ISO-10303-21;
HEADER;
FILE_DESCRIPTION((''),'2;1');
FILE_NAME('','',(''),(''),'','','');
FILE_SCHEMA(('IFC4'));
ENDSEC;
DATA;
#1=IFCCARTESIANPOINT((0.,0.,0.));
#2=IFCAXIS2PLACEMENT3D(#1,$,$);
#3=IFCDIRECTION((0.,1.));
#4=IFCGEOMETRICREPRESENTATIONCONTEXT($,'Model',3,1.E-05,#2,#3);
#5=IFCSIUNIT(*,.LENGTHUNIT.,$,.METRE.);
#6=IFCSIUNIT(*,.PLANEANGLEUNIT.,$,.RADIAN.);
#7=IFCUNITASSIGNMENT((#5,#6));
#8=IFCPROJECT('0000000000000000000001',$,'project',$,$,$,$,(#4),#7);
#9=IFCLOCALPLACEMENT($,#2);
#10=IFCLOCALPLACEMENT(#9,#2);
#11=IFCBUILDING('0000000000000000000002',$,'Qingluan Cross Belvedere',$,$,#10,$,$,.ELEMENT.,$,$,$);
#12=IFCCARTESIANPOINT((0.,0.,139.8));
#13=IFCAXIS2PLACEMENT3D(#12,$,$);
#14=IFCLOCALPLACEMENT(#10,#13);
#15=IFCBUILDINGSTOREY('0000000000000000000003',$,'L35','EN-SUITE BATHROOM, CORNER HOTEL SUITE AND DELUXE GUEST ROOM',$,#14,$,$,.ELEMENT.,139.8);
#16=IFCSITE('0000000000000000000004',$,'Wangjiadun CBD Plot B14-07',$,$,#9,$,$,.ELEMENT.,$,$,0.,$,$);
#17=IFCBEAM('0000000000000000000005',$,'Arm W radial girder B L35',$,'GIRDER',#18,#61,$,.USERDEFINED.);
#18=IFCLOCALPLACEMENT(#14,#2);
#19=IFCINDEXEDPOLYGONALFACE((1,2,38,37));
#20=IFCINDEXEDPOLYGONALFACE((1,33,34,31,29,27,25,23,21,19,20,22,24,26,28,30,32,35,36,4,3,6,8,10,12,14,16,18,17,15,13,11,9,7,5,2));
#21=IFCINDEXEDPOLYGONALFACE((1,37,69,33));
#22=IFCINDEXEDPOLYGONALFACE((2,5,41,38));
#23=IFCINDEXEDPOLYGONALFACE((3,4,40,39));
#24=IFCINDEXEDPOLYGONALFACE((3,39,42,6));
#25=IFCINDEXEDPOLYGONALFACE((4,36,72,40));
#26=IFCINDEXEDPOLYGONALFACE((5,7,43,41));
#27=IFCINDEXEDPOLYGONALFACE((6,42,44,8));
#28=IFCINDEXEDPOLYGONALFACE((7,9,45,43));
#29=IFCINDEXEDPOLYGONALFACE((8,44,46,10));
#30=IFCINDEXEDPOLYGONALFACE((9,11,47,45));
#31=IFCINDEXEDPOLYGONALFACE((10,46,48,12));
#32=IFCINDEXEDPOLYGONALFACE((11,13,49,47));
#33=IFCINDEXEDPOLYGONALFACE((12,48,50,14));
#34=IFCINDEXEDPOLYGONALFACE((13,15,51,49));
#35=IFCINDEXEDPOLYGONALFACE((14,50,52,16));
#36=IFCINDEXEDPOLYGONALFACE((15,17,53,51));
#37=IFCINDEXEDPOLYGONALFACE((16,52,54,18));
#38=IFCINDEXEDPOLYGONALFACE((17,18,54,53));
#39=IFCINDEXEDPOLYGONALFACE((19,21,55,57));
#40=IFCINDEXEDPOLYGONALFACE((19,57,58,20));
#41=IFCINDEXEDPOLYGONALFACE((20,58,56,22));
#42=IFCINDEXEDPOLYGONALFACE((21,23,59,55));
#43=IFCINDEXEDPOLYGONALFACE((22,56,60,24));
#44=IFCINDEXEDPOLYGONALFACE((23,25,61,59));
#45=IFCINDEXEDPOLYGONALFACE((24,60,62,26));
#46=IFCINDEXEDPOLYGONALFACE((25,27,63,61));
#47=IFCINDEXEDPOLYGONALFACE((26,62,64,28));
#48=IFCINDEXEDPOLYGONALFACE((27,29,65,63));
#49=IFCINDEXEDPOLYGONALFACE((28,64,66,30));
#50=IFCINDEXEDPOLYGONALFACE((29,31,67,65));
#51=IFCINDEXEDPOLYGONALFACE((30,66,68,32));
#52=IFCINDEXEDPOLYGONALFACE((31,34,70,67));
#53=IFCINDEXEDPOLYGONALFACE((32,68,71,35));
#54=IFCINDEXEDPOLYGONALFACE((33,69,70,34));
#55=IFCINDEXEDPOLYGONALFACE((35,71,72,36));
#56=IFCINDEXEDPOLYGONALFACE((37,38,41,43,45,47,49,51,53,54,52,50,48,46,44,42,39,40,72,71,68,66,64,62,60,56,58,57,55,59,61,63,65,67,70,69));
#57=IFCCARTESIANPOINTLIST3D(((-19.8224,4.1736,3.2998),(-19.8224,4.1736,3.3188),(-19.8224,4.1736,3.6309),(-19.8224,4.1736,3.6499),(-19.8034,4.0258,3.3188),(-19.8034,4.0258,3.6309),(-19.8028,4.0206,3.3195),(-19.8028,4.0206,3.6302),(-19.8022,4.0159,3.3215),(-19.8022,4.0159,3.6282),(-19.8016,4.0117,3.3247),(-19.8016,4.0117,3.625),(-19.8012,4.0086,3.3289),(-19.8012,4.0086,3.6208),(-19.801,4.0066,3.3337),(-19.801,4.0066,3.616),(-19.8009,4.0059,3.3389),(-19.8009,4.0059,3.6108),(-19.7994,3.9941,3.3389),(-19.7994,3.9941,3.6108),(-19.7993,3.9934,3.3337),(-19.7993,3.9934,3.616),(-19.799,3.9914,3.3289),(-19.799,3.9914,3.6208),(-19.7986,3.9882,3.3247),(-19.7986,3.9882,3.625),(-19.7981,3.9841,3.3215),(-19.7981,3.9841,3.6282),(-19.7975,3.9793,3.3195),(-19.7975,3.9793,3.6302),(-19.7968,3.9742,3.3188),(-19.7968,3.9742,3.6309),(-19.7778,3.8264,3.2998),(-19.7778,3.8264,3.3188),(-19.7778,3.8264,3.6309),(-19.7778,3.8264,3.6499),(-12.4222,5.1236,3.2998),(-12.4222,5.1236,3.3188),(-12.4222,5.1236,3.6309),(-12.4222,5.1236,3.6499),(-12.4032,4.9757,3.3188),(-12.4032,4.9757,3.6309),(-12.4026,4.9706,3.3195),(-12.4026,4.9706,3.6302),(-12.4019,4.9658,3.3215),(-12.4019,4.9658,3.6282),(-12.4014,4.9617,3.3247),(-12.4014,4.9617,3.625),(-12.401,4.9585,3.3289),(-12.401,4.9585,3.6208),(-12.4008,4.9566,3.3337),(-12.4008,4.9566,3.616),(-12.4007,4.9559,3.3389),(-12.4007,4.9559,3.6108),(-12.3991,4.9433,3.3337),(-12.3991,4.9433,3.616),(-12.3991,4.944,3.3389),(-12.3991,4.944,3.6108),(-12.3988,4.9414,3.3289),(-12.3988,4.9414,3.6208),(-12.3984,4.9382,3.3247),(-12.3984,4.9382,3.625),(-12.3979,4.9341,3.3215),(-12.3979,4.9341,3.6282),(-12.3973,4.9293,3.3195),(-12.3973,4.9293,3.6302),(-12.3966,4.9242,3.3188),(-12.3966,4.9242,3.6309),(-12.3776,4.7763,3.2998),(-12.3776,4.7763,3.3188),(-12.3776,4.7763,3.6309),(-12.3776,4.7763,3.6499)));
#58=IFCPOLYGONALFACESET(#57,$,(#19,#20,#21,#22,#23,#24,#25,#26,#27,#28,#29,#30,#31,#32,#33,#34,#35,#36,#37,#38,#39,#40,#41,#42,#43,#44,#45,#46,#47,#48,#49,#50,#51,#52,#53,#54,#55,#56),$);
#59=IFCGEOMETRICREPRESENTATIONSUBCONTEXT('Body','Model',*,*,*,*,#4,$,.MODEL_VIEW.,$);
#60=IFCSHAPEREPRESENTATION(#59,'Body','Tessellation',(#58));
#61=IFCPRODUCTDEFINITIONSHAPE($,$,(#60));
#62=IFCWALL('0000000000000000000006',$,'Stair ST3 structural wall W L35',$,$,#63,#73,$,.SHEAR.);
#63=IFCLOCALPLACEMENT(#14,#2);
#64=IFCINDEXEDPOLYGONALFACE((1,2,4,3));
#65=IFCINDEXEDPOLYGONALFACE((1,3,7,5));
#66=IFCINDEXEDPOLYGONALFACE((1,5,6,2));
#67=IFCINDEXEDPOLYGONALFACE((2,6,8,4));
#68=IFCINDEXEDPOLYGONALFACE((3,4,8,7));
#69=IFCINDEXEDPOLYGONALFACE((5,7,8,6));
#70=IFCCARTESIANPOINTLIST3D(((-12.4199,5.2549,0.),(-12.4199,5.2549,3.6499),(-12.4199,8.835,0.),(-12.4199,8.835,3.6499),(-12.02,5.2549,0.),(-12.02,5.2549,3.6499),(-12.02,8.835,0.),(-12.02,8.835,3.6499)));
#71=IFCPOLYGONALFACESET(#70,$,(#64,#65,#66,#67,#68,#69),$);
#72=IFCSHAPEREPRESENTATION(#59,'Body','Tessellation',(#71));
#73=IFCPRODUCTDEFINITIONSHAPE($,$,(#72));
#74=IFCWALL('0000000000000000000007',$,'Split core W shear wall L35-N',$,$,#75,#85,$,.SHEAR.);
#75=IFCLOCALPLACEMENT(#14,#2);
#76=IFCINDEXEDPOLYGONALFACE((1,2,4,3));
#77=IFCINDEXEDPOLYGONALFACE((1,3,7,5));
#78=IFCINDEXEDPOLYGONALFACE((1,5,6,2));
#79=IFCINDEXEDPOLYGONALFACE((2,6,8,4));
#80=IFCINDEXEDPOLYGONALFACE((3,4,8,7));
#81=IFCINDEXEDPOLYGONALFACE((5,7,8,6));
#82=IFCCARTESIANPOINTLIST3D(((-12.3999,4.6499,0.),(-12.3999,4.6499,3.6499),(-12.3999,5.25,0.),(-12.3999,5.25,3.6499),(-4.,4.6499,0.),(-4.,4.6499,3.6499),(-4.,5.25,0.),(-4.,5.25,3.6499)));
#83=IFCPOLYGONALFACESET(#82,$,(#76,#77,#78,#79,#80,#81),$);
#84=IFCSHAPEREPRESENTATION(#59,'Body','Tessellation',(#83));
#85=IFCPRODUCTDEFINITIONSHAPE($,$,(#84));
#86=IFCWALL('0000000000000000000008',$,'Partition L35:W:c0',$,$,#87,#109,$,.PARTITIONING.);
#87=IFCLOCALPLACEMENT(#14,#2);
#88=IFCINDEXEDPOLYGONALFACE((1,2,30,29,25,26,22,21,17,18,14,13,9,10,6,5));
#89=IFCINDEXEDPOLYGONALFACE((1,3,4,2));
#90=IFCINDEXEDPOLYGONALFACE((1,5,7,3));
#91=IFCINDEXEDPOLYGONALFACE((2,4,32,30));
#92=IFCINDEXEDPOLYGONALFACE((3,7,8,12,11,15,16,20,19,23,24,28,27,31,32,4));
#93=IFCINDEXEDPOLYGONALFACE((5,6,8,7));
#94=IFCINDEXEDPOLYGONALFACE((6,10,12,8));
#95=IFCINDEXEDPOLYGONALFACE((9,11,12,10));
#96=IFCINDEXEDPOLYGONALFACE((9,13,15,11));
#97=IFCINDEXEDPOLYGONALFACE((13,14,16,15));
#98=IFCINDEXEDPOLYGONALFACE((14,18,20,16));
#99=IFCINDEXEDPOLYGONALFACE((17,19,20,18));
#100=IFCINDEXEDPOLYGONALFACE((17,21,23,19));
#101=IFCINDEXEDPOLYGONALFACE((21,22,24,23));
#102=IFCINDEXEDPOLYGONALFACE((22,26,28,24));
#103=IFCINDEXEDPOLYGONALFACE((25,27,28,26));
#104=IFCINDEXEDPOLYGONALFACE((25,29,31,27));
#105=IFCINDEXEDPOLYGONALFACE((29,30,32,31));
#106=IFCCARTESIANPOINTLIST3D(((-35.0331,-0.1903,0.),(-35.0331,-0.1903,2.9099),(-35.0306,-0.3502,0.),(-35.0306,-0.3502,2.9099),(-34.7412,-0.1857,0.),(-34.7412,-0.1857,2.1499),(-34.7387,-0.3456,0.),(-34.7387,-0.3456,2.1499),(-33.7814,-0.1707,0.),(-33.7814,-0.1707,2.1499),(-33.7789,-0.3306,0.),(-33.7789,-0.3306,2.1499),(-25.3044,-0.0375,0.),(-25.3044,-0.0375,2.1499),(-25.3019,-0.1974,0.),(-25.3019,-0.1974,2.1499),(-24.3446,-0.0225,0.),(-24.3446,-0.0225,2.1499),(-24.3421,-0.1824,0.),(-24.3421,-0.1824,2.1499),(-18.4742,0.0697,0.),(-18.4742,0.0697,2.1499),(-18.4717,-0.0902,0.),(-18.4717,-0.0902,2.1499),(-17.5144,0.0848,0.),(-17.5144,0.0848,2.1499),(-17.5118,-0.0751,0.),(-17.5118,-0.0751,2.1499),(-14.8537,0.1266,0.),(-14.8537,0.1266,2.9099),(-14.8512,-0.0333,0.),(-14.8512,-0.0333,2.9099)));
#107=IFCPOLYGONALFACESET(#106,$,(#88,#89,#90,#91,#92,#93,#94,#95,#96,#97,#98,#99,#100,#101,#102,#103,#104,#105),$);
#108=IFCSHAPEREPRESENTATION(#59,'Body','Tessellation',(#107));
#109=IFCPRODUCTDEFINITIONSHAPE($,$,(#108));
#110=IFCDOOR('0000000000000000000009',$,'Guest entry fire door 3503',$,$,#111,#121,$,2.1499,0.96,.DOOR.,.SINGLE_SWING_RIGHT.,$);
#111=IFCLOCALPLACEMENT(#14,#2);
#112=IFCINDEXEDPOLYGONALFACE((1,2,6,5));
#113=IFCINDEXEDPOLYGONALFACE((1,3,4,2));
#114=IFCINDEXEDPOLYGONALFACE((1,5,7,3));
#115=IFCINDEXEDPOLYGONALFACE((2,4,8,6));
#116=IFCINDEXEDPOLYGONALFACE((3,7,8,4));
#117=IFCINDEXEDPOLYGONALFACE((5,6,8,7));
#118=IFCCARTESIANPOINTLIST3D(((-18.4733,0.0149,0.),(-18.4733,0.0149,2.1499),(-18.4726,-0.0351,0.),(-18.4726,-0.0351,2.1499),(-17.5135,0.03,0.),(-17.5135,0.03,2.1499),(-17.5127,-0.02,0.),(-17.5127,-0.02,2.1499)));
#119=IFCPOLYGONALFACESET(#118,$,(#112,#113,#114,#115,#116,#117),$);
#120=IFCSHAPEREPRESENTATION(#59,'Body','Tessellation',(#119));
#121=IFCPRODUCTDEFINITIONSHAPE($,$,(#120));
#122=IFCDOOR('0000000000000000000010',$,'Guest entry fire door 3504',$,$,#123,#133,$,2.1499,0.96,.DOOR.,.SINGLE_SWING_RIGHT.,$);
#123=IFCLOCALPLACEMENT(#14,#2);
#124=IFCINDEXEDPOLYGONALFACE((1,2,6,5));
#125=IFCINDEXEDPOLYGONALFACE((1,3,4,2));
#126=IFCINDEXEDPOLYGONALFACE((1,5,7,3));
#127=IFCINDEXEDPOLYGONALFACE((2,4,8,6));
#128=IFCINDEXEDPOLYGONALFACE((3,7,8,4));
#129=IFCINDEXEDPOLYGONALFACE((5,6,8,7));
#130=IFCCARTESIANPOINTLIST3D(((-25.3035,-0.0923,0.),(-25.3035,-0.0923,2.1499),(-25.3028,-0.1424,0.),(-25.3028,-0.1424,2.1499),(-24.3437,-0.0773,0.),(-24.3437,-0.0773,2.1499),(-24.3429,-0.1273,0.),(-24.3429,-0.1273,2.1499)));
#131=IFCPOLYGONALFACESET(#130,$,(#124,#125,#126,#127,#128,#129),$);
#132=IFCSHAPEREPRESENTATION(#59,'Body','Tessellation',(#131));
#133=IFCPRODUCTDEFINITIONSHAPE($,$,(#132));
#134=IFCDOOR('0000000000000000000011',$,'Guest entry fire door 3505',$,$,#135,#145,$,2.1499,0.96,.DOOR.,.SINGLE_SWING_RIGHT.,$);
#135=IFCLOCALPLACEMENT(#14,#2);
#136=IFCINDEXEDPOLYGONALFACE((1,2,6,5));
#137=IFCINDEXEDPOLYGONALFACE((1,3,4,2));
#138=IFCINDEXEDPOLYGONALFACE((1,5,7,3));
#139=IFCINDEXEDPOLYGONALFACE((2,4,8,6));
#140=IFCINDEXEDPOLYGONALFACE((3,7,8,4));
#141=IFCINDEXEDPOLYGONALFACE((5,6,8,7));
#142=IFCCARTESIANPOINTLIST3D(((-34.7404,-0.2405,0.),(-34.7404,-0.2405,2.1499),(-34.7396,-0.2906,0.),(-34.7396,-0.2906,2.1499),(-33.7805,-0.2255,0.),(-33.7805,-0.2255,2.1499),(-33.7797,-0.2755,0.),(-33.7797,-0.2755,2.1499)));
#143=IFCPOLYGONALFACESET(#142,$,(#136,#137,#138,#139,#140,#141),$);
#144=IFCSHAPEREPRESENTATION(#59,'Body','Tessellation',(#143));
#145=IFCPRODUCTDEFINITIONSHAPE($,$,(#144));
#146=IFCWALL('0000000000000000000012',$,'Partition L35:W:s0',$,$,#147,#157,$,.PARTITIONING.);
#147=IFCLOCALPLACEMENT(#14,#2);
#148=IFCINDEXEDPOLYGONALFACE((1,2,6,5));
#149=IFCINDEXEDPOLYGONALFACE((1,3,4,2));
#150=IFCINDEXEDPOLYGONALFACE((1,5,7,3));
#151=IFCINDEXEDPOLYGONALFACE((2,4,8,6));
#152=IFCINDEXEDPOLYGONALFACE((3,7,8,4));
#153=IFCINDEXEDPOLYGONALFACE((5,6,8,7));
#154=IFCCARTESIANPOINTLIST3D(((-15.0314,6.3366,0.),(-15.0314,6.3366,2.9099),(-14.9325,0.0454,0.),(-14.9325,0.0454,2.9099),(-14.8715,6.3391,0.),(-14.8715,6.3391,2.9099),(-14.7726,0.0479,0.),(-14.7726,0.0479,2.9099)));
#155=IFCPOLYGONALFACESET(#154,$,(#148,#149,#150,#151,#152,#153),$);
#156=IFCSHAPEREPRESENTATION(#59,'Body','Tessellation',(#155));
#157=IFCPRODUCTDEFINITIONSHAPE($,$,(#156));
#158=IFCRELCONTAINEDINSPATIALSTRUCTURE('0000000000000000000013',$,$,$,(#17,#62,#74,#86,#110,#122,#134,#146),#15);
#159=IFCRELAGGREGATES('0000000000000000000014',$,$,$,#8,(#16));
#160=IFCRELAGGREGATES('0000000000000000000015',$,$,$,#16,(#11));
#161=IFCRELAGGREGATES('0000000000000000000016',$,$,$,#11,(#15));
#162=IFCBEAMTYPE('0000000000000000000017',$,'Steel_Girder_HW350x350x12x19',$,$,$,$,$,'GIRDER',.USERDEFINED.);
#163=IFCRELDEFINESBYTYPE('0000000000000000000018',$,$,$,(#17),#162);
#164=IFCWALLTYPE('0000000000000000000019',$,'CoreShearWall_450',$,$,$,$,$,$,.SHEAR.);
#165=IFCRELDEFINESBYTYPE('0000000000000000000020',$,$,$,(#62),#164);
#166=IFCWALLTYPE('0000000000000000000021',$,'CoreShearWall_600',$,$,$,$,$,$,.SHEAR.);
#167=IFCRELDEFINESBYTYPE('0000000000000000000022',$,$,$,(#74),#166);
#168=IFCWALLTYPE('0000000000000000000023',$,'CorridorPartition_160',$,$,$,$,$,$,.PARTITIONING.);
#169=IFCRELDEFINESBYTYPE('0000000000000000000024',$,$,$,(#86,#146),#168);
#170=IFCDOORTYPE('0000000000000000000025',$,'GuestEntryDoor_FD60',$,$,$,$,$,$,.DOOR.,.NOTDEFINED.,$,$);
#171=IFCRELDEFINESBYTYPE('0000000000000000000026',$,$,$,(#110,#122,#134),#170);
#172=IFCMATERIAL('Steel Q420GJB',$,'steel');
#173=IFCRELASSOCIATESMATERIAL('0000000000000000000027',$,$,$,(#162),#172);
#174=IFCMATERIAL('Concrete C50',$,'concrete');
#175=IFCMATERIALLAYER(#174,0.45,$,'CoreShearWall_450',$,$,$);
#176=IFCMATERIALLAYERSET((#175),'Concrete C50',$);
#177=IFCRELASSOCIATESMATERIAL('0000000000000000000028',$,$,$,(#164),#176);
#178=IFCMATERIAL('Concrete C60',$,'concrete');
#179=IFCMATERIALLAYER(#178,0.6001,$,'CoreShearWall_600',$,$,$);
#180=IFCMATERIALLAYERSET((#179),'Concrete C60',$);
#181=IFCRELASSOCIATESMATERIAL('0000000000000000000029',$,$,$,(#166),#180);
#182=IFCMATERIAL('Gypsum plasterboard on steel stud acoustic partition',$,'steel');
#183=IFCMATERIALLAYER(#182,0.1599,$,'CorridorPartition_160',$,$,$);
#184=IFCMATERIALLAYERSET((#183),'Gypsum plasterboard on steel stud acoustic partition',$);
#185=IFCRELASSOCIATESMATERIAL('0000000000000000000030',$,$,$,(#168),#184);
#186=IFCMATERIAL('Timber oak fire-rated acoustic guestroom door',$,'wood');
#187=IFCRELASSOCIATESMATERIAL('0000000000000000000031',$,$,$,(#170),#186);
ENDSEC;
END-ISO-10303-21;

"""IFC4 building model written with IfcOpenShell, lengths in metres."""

from ifc_helpers import new_model, si_unit, direction, frame, frame_2d, origin, origin_2d, place, context, subcontext, project, spatial, rectangle, i_section, extrude, material, layer, layer_set, material_profile, profile_set, type_object, element, fill, save


model = new_model("IFC4")

# Units and contexts
model_context = context("Model", 3, precision=1e-05, world=origin(), true_north=direction((0.0, 1.0)))
body_context = subcontext(model_context, "Body", "Model", "MODEL_VIEW")
ifc_project = project(units=[si_unit("LENGTHUNIT", "METRE"), si_unit("PLANEANGLEUNIT", "RADIAN")], contexts=[model_context])

# Site, building, storey
site_placement = place(None, origin())
site = spatial("IfcSite", under=ifc_project, at=site_placement, Name="Wangjiadun CBD Plot B14-07", CompositionType="ELEMENT", RefElevation=0.0)
building_placement = place(site_placement, origin())
building = spatial("IfcBuilding", under=site, at=building_placement, Name="Qingluan Cross Belvedere", CompositionType="ELEMENT")
storey_placement = place(building_placement, frame((0.0, 0.0, 139.8)))
storey = spatial("IfcBuildingStorey", under=building, at=storey_placement, Name="L35", Description="EN-SUITE BATHROOM, CORNER HOTEL SUITE AND DELUXE GUEST ROOM", CompositionType="ELEMENT", Elevation=139.8)

# Beam
ifc_material_1 = material(Name="Steel Q420GJB", Category="steel")
ifc_material_profile_1 = material_profile(ifc_material_1, i_section(OverallWidth=0.3501, OverallDepth=0.3501, WebThickness=0.012, FlangeThickness=0.019, FilletRadius=0.02, at=origin_2d()), Name="HW350x350x12x19")
ifc_profile_set_1 = profile_set([ifc_material_profile_1], Name="Steel Q420GJB")
beam_type_1 = type_object("IfcBeamType", Name="Steel_Girder_HW350x350x12x19", ElementType="GIRDER", PredefinedType="USERDEFINED", material=ifc_profile_set_1)
beam_1_placement = place(storey_placement, frame((-12.3999, 4.95, 3.4749), z_axis=(-0.991861, -0.127324, 0.0), x_axis=(0.127324, -0.991861, 0.0)))
element("IfcBeam", 1, at=beam_1_placement, inside=storey, type_object=beam_type_1, Name="Arm W radial girder B L35", ObjectType="GIRDER", PredefinedType="USERDEFINED", context=body_context, shape_type="SweptSolid", body=[
    extrude(i_section(OverallWidth=0.3501, OverallDepth=0.3501, WebThickness=0.012, FlangeThickness=0.019, FilletRadius=0.02, at=origin_2d()), origin(), (0.0, 0.0, 1.0), 7.4609),
])

# Wall
ifc_material_2 = material(Name="Concrete C50", Category="concrete")
ifc_layer_1 = layer(ifc_material_2, 0.45, Name="CoreShearWall_450")
ifc_layer_set_1 = layer_set([ifc_layer_1], Name="Concrete C50")
wall_type_1 = type_object("IfcWallType", Name="CoreShearWall_450", PredefinedType="SHEAR", material=ifc_layer_set_1)
wall_1_placement = place(storey_placement, frame((-12.22, 5.2549, 0.0), z_axis=(0.0, 0.0, 1.0), x_axis=(0.0, 1.0, 0.0)))
element("IfcWall", 2, at=wall_1_placement, inside=storey, type_object=wall_type_1, Name="Stair ST3 structural wall W L35", PredefinedType="SHEAR", context=body_context, shape_type="SweptSolid", body=[
    extrude(rectangle(XDim=3.5801, YDim=0.3999, at=frame_2d((1.79, 0.0))), origin(), (0.0, 0.0, 1.0), 3.6499),
])

# Wall
ifc_material_3 = material(Name="Concrete C60", Category="concrete")
ifc_layer_2 = layer(ifc_material_3, 0.6001, Name="CoreShearWall_600")
ifc_layer_set_2 = layer_set([ifc_layer_2], Name="Concrete C60")
wall_type_2 = type_object("IfcWallType", Name="CoreShearWall_600", PredefinedType="SHEAR", material=ifc_layer_set_2)
wall_2_placement = place(storey_placement, frame((-12.3999, 4.95, 0.0), z_axis=(0.0, 0.0, 1.0), x_axis=(1.0, 0.0, 0.0)))
element("IfcWall", 3, at=wall_2_placement, inside=storey, type_object=wall_type_2, Name="Split core W shear wall L35-N", PredefinedType="SHEAR", context=body_context, shape_type="SweptSolid", body=[
    extrude(rectangle(XDim=8.3999, YDim=0.6001, at=frame_2d((4.2, 0.0))), origin(), (0.0, 0.0, 1.0), 3.6499),
])

# Wall, openings, doors
ifc_material_4 = material(Name="Gypsum plasterboard on steel stud acoustic partition", Category="steel")
ifc_layer_3 = layer(ifc_material_4, 0.1599, Name="CorridorPartition_160")
ifc_layer_set_3 = layer_set([ifc_layer_3], Name="Gypsum plasterboard on steel stud acoustic partition")
wall_type_3 = type_object("IfcWallType", Name="CorridorPartition_160", PredefinedType="PARTITIONING", material=ifc_layer_set_3)
wall_3_placement = place(storey_placement, frame((-14.8525, 0.0466, 0.0), z_axis=(0.0, 0.0, 1.0), x_axis=(-0.999877, -0.015702, 0.0)))
wall_3 = element("IfcWall", 4, at=wall_3_placement, inside=storey, type_object=wall_type_3, Name="Partition L35:W:c0", PredefinedType="PARTITIONING", context=body_context, shape_type="SweptSolid", body=[
    extrude(rectangle(XDim=20.1819, YDim=0.1599, at=frame_2d((10.0908, 0.0))), origin(), (0.0, 0.0, 1.0), 2.9099),
])
opening_1_placement = place(wall_3_placement, frame((2.6609, 0.0, 0.0)))
opening_1 = element("IfcOpeningElement", 5, at=opening_1_placement, cuts=wall_3, PredefinedType="OPENING", context=body_context, shape_type="SweptSolid", body=[
    extrude(rectangle(XDim=0.96, YDim=2.1499, at=frame_2d((0.48, 1.075))), frame((0.0, 0.0898, 0.0), z_axis=(0.0, -1.0, 0.0), x_axis=(1.0, 0.0, 0.0)), (0.0, 0.0, 1.0), 0.1799),
])
opening_2_placement = place(wall_3_placement, frame((9.4919, 0.0, 0.0)))
opening_2 = element("IfcOpeningElement", 6, at=opening_2_placement, cuts=wall_3, PredefinedType="OPENING", context=body_context, shape_type="SweptSolid", body=[
    extrude(rectangle(XDim=0.96, YDim=2.1499, at=frame_2d((0.48, 1.075))), frame((0.0, 0.0898, 0.0), z_axis=(0.0, -1.0, 0.0), x_axis=(1.0, 0.0, 0.0)), (0.0, 0.0, 1.0), 0.1799),
])
opening_3_placement = place(wall_3_placement, frame((18.9299, 0.0, 0.0)))
opening_3 = element("IfcOpeningElement", 7, at=opening_3_placement, cuts=wall_3, PredefinedType="OPENING", context=body_context, shape_type="SweptSolid", body=[
    extrude(rectangle(XDim=0.96, YDim=2.1499, at=frame_2d((0.48, 1.075))), frame((0.0, 0.0898, 0.0), z_axis=(0.0, -1.0, 0.0), x_axis=(1.0, 0.0, 0.0)), (0.0, 0.0, 1.0), 0.1799),
])
ifc_material_5 = material(Name="Timber oak fire-rated acoustic guestroom door", Category="wood")
door_type_1 = type_object("IfcDoorType", Name="GuestEntryDoor_FD60", OperationType="NOTDEFINED", PredefinedType="DOOR", material=ifc_material_5)
door_1_placement = place(opening_1_placement, origin())
door_1 = element("IfcDoor", 8, at=door_1_placement, inside=storey, type_object=door_type_1, Name="Guest entry fire door 3503", OperationType="SINGLE_SWING_RIGHT", OverallHeight=2.1499, OverallWidth=0.96, PredefinedType="DOOR", context=body_context, shape_type="SweptSolid", body=[
    extrude(rectangle(XDim=0.96, YDim=2.1499, at=frame_2d((0.48, 1.075))), frame((0.0, 0.0249, 0.0), z_axis=(0.0, -1.0, 0.0), x_axis=(1.0, 0.0, 0.0)), (0.0, 0.0, 1.0), 0.05),
])
fill(opening_1, door_1)
door_2_placement = place(opening_2_placement, origin())
door_2 = element("IfcDoor", 9, at=door_2_placement, inside=storey, type_object=door_type_1, Name="Guest entry fire door 3504", OperationType="SINGLE_SWING_RIGHT", OverallHeight=2.1499, OverallWidth=0.96, PredefinedType="DOOR", context=body_context, shape_type="SweptSolid", body=[
    extrude(rectangle(XDim=0.96, YDim=2.1499, at=frame_2d((0.48, 1.075))), frame((0.0, 0.0249, 0.0), z_axis=(0.0, -1.0, 0.0), x_axis=(1.0, 0.0, 0.0)), (0.0, 0.0, 1.0), 0.05),
])
fill(opening_2, door_2)
door_3_placement = place(opening_3_placement, origin())
door_3 = element("IfcDoor", 10, at=door_3_placement, inside=storey, type_object=door_type_1, Name="Guest entry fire door 3505", OperationType="SINGLE_SWING_RIGHT", OverallHeight=2.1499, OverallWidth=0.96, PredefinedType="DOOR", context=body_context, shape_type="SweptSolid", body=[
    extrude(rectangle(XDim=0.96, YDim=2.1499, at=frame_2d((0.48, 1.075))), frame((0.0, 0.0249, 0.0), z_axis=(0.0, -1.0, 0.0), x_axis=(1.0, 0.0, 0.0)), (0.0, 0.0, 1.0), 0.05),
])
fill(opening_3, door_3)

# Wall
wall_4_placement = place(storey_placement, frame((-14.8525, 0.0466, 0.0), z_axis=(0.0, 0.0, 1.0), x_axis=(-0.015715, 0.999877, 0.0)))
element("IfcWall", 11, at=wall_4_placement, inside=storey, type_object=wall_type_3, Name="Partition L35:W:s0", PredefinedType="PARTITIONING", context=body_context, shape_type="SweptSolid", body=[
    extrude(rectangle(XDim=6.292, YDim=0.1599, at=frame_2d((3.146, 0.0))), origin(), (0.0, 0.0, 1.0), 2.9099),
])

save(model, "model.ifc")
